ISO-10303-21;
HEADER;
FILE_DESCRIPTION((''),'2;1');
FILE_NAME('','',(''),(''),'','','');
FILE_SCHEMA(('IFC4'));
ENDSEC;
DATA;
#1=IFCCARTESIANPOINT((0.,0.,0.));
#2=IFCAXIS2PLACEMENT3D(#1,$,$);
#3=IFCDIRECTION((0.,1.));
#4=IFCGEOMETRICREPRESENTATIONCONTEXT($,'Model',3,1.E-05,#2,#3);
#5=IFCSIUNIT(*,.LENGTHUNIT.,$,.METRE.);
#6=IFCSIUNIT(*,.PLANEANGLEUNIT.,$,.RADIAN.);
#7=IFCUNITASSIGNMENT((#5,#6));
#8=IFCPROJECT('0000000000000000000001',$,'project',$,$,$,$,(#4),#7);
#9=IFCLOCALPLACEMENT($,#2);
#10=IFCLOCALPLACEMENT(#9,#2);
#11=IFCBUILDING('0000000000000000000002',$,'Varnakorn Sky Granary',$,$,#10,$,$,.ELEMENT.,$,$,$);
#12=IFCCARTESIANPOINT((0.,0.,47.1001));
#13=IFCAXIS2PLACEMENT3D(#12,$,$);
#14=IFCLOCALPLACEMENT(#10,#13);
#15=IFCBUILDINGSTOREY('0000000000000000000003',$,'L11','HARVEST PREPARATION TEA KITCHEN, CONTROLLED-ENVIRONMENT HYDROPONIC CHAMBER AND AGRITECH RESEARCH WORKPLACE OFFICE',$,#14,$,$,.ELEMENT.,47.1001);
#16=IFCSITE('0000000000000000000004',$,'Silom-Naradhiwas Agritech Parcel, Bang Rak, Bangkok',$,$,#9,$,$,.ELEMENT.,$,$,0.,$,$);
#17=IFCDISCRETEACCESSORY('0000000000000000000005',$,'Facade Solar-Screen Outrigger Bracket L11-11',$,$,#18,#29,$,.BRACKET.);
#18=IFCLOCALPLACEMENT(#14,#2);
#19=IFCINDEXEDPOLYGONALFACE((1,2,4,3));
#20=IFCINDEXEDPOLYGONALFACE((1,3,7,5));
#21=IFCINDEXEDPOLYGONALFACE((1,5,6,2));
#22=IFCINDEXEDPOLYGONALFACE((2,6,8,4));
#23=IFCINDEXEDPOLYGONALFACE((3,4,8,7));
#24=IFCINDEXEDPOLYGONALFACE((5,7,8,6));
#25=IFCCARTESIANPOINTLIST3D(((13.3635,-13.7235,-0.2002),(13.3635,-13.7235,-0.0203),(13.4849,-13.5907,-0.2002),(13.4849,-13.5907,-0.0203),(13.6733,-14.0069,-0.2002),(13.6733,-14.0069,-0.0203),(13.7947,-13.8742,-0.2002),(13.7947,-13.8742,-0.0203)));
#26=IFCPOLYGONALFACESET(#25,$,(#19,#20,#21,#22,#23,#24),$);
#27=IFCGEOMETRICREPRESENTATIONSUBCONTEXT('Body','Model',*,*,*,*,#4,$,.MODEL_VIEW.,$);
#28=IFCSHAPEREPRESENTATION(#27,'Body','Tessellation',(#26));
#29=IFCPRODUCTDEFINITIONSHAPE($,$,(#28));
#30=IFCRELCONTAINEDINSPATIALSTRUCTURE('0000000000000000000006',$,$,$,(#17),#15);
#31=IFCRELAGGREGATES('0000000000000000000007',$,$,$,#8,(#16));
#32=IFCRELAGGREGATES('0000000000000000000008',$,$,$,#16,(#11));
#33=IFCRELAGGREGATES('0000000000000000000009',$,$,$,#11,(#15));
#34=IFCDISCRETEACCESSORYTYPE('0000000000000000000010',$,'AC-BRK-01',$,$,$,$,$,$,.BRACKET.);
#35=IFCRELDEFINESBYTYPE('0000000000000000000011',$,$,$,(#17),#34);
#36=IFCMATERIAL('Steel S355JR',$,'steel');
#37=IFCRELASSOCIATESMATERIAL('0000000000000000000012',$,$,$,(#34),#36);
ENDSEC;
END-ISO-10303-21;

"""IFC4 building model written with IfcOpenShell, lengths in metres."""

from ifc_helpers import new_model, si_unit, direction, frame, origin, origin_2d, place, context, subcontext, project, spatial, rectangle, extrude, source, transform, mapped, material, type_object, type_shapes, element, save


model = new_model("IFC4")

# Units and contexts
model_context = context("Model", 3, precision=1e-05, world=origin(), true_north=direction((0.0, 1.0)))
body_context = subcontext(model_context, "Body", "Model", "MODEL_VIEW")
ifc_project = project(units=[si_unit("LENGTHUNIT", "METRE"), si_unit("PLANEANGLEUNIT", "RADIAN")], contexts=[model_context])

# Site, building, storey
site_placement = place(None, origin())
site = spatial("IfcSite", under=ifc_project, at=site_placement, Name="Silom-Naradhiwas Agritech Parcel, Bang Rak, Bangkok", CompositionType="ELEMENT", RefElevation=0.0)
building_placement = place(site_placement, origin())
building = spatial("IfcBuilding", under=site, at=building_placement, Name="Varnakorn Sky Granary", CompositionType="ELEMENT")
storey_placement = place(building_placement, frame((0.0, 0.0, 47.1001)))
storey = spatial("IfcBuildingStorey", under=building, at=storey_placement, Name="L11", Description="HARVEST PREPARATION TEA KITCHEN, CONTROLLED-ENVIRONMENT HYDROPONIC CHAMBER AND AGRITECH RESEARCH WORKPLACE OFFICE", CompositionType="ELEMENT", Elevation=47.1001)

# Shared definitions
ifc_material_1 = material(Name="Steel S355JR", Category="steel")

# Discrete accessory
discrete_accessory_type = type_object("IfcDiscreteAccessoryType", Name="AC-BRK-01", PredefinedType="BRACKET", material=ifc_material_1)
shared_shape_1 = source(origin(), body_context, "Body", "SweptSolid", [
    extrude(rectangle(XDim=0.1799, YDim=0.4199, at=origin_2d()), origin(), (0.0, 0.0, 1.0), 0.1799),
])
type_shapes(discrete_accessory_type, [shared_shape_1])
discrete_accessory_placement = place(storey_placement, frame((13.5791, -13.7988, -0.2002), z_axis=(0.0, 0.0, 1.0), x_axis=(0.675094, 0.737732, 0.0)))
element("IfcDiscreteAccessory", 1, at=discrete_accessory_placement, inside=storey, type_object=discrete_accessory_type, Name="Facade Solar-Screen Outrigger Bracket L11-11", PredefinedType="BRACKET", context=body_context, shape_type="MappedRepresentation", body=[
    mapped(shared_shape_1, transform((0.0, 0.0, 0.0), x_axis=(1.0, 0.0, 0.0), y_axis=(0.0, 1.0, 0.0), z_axis=(0.0, 0.0, 1.0), scale=1.0)),
])

save(model, "model.ifc")
